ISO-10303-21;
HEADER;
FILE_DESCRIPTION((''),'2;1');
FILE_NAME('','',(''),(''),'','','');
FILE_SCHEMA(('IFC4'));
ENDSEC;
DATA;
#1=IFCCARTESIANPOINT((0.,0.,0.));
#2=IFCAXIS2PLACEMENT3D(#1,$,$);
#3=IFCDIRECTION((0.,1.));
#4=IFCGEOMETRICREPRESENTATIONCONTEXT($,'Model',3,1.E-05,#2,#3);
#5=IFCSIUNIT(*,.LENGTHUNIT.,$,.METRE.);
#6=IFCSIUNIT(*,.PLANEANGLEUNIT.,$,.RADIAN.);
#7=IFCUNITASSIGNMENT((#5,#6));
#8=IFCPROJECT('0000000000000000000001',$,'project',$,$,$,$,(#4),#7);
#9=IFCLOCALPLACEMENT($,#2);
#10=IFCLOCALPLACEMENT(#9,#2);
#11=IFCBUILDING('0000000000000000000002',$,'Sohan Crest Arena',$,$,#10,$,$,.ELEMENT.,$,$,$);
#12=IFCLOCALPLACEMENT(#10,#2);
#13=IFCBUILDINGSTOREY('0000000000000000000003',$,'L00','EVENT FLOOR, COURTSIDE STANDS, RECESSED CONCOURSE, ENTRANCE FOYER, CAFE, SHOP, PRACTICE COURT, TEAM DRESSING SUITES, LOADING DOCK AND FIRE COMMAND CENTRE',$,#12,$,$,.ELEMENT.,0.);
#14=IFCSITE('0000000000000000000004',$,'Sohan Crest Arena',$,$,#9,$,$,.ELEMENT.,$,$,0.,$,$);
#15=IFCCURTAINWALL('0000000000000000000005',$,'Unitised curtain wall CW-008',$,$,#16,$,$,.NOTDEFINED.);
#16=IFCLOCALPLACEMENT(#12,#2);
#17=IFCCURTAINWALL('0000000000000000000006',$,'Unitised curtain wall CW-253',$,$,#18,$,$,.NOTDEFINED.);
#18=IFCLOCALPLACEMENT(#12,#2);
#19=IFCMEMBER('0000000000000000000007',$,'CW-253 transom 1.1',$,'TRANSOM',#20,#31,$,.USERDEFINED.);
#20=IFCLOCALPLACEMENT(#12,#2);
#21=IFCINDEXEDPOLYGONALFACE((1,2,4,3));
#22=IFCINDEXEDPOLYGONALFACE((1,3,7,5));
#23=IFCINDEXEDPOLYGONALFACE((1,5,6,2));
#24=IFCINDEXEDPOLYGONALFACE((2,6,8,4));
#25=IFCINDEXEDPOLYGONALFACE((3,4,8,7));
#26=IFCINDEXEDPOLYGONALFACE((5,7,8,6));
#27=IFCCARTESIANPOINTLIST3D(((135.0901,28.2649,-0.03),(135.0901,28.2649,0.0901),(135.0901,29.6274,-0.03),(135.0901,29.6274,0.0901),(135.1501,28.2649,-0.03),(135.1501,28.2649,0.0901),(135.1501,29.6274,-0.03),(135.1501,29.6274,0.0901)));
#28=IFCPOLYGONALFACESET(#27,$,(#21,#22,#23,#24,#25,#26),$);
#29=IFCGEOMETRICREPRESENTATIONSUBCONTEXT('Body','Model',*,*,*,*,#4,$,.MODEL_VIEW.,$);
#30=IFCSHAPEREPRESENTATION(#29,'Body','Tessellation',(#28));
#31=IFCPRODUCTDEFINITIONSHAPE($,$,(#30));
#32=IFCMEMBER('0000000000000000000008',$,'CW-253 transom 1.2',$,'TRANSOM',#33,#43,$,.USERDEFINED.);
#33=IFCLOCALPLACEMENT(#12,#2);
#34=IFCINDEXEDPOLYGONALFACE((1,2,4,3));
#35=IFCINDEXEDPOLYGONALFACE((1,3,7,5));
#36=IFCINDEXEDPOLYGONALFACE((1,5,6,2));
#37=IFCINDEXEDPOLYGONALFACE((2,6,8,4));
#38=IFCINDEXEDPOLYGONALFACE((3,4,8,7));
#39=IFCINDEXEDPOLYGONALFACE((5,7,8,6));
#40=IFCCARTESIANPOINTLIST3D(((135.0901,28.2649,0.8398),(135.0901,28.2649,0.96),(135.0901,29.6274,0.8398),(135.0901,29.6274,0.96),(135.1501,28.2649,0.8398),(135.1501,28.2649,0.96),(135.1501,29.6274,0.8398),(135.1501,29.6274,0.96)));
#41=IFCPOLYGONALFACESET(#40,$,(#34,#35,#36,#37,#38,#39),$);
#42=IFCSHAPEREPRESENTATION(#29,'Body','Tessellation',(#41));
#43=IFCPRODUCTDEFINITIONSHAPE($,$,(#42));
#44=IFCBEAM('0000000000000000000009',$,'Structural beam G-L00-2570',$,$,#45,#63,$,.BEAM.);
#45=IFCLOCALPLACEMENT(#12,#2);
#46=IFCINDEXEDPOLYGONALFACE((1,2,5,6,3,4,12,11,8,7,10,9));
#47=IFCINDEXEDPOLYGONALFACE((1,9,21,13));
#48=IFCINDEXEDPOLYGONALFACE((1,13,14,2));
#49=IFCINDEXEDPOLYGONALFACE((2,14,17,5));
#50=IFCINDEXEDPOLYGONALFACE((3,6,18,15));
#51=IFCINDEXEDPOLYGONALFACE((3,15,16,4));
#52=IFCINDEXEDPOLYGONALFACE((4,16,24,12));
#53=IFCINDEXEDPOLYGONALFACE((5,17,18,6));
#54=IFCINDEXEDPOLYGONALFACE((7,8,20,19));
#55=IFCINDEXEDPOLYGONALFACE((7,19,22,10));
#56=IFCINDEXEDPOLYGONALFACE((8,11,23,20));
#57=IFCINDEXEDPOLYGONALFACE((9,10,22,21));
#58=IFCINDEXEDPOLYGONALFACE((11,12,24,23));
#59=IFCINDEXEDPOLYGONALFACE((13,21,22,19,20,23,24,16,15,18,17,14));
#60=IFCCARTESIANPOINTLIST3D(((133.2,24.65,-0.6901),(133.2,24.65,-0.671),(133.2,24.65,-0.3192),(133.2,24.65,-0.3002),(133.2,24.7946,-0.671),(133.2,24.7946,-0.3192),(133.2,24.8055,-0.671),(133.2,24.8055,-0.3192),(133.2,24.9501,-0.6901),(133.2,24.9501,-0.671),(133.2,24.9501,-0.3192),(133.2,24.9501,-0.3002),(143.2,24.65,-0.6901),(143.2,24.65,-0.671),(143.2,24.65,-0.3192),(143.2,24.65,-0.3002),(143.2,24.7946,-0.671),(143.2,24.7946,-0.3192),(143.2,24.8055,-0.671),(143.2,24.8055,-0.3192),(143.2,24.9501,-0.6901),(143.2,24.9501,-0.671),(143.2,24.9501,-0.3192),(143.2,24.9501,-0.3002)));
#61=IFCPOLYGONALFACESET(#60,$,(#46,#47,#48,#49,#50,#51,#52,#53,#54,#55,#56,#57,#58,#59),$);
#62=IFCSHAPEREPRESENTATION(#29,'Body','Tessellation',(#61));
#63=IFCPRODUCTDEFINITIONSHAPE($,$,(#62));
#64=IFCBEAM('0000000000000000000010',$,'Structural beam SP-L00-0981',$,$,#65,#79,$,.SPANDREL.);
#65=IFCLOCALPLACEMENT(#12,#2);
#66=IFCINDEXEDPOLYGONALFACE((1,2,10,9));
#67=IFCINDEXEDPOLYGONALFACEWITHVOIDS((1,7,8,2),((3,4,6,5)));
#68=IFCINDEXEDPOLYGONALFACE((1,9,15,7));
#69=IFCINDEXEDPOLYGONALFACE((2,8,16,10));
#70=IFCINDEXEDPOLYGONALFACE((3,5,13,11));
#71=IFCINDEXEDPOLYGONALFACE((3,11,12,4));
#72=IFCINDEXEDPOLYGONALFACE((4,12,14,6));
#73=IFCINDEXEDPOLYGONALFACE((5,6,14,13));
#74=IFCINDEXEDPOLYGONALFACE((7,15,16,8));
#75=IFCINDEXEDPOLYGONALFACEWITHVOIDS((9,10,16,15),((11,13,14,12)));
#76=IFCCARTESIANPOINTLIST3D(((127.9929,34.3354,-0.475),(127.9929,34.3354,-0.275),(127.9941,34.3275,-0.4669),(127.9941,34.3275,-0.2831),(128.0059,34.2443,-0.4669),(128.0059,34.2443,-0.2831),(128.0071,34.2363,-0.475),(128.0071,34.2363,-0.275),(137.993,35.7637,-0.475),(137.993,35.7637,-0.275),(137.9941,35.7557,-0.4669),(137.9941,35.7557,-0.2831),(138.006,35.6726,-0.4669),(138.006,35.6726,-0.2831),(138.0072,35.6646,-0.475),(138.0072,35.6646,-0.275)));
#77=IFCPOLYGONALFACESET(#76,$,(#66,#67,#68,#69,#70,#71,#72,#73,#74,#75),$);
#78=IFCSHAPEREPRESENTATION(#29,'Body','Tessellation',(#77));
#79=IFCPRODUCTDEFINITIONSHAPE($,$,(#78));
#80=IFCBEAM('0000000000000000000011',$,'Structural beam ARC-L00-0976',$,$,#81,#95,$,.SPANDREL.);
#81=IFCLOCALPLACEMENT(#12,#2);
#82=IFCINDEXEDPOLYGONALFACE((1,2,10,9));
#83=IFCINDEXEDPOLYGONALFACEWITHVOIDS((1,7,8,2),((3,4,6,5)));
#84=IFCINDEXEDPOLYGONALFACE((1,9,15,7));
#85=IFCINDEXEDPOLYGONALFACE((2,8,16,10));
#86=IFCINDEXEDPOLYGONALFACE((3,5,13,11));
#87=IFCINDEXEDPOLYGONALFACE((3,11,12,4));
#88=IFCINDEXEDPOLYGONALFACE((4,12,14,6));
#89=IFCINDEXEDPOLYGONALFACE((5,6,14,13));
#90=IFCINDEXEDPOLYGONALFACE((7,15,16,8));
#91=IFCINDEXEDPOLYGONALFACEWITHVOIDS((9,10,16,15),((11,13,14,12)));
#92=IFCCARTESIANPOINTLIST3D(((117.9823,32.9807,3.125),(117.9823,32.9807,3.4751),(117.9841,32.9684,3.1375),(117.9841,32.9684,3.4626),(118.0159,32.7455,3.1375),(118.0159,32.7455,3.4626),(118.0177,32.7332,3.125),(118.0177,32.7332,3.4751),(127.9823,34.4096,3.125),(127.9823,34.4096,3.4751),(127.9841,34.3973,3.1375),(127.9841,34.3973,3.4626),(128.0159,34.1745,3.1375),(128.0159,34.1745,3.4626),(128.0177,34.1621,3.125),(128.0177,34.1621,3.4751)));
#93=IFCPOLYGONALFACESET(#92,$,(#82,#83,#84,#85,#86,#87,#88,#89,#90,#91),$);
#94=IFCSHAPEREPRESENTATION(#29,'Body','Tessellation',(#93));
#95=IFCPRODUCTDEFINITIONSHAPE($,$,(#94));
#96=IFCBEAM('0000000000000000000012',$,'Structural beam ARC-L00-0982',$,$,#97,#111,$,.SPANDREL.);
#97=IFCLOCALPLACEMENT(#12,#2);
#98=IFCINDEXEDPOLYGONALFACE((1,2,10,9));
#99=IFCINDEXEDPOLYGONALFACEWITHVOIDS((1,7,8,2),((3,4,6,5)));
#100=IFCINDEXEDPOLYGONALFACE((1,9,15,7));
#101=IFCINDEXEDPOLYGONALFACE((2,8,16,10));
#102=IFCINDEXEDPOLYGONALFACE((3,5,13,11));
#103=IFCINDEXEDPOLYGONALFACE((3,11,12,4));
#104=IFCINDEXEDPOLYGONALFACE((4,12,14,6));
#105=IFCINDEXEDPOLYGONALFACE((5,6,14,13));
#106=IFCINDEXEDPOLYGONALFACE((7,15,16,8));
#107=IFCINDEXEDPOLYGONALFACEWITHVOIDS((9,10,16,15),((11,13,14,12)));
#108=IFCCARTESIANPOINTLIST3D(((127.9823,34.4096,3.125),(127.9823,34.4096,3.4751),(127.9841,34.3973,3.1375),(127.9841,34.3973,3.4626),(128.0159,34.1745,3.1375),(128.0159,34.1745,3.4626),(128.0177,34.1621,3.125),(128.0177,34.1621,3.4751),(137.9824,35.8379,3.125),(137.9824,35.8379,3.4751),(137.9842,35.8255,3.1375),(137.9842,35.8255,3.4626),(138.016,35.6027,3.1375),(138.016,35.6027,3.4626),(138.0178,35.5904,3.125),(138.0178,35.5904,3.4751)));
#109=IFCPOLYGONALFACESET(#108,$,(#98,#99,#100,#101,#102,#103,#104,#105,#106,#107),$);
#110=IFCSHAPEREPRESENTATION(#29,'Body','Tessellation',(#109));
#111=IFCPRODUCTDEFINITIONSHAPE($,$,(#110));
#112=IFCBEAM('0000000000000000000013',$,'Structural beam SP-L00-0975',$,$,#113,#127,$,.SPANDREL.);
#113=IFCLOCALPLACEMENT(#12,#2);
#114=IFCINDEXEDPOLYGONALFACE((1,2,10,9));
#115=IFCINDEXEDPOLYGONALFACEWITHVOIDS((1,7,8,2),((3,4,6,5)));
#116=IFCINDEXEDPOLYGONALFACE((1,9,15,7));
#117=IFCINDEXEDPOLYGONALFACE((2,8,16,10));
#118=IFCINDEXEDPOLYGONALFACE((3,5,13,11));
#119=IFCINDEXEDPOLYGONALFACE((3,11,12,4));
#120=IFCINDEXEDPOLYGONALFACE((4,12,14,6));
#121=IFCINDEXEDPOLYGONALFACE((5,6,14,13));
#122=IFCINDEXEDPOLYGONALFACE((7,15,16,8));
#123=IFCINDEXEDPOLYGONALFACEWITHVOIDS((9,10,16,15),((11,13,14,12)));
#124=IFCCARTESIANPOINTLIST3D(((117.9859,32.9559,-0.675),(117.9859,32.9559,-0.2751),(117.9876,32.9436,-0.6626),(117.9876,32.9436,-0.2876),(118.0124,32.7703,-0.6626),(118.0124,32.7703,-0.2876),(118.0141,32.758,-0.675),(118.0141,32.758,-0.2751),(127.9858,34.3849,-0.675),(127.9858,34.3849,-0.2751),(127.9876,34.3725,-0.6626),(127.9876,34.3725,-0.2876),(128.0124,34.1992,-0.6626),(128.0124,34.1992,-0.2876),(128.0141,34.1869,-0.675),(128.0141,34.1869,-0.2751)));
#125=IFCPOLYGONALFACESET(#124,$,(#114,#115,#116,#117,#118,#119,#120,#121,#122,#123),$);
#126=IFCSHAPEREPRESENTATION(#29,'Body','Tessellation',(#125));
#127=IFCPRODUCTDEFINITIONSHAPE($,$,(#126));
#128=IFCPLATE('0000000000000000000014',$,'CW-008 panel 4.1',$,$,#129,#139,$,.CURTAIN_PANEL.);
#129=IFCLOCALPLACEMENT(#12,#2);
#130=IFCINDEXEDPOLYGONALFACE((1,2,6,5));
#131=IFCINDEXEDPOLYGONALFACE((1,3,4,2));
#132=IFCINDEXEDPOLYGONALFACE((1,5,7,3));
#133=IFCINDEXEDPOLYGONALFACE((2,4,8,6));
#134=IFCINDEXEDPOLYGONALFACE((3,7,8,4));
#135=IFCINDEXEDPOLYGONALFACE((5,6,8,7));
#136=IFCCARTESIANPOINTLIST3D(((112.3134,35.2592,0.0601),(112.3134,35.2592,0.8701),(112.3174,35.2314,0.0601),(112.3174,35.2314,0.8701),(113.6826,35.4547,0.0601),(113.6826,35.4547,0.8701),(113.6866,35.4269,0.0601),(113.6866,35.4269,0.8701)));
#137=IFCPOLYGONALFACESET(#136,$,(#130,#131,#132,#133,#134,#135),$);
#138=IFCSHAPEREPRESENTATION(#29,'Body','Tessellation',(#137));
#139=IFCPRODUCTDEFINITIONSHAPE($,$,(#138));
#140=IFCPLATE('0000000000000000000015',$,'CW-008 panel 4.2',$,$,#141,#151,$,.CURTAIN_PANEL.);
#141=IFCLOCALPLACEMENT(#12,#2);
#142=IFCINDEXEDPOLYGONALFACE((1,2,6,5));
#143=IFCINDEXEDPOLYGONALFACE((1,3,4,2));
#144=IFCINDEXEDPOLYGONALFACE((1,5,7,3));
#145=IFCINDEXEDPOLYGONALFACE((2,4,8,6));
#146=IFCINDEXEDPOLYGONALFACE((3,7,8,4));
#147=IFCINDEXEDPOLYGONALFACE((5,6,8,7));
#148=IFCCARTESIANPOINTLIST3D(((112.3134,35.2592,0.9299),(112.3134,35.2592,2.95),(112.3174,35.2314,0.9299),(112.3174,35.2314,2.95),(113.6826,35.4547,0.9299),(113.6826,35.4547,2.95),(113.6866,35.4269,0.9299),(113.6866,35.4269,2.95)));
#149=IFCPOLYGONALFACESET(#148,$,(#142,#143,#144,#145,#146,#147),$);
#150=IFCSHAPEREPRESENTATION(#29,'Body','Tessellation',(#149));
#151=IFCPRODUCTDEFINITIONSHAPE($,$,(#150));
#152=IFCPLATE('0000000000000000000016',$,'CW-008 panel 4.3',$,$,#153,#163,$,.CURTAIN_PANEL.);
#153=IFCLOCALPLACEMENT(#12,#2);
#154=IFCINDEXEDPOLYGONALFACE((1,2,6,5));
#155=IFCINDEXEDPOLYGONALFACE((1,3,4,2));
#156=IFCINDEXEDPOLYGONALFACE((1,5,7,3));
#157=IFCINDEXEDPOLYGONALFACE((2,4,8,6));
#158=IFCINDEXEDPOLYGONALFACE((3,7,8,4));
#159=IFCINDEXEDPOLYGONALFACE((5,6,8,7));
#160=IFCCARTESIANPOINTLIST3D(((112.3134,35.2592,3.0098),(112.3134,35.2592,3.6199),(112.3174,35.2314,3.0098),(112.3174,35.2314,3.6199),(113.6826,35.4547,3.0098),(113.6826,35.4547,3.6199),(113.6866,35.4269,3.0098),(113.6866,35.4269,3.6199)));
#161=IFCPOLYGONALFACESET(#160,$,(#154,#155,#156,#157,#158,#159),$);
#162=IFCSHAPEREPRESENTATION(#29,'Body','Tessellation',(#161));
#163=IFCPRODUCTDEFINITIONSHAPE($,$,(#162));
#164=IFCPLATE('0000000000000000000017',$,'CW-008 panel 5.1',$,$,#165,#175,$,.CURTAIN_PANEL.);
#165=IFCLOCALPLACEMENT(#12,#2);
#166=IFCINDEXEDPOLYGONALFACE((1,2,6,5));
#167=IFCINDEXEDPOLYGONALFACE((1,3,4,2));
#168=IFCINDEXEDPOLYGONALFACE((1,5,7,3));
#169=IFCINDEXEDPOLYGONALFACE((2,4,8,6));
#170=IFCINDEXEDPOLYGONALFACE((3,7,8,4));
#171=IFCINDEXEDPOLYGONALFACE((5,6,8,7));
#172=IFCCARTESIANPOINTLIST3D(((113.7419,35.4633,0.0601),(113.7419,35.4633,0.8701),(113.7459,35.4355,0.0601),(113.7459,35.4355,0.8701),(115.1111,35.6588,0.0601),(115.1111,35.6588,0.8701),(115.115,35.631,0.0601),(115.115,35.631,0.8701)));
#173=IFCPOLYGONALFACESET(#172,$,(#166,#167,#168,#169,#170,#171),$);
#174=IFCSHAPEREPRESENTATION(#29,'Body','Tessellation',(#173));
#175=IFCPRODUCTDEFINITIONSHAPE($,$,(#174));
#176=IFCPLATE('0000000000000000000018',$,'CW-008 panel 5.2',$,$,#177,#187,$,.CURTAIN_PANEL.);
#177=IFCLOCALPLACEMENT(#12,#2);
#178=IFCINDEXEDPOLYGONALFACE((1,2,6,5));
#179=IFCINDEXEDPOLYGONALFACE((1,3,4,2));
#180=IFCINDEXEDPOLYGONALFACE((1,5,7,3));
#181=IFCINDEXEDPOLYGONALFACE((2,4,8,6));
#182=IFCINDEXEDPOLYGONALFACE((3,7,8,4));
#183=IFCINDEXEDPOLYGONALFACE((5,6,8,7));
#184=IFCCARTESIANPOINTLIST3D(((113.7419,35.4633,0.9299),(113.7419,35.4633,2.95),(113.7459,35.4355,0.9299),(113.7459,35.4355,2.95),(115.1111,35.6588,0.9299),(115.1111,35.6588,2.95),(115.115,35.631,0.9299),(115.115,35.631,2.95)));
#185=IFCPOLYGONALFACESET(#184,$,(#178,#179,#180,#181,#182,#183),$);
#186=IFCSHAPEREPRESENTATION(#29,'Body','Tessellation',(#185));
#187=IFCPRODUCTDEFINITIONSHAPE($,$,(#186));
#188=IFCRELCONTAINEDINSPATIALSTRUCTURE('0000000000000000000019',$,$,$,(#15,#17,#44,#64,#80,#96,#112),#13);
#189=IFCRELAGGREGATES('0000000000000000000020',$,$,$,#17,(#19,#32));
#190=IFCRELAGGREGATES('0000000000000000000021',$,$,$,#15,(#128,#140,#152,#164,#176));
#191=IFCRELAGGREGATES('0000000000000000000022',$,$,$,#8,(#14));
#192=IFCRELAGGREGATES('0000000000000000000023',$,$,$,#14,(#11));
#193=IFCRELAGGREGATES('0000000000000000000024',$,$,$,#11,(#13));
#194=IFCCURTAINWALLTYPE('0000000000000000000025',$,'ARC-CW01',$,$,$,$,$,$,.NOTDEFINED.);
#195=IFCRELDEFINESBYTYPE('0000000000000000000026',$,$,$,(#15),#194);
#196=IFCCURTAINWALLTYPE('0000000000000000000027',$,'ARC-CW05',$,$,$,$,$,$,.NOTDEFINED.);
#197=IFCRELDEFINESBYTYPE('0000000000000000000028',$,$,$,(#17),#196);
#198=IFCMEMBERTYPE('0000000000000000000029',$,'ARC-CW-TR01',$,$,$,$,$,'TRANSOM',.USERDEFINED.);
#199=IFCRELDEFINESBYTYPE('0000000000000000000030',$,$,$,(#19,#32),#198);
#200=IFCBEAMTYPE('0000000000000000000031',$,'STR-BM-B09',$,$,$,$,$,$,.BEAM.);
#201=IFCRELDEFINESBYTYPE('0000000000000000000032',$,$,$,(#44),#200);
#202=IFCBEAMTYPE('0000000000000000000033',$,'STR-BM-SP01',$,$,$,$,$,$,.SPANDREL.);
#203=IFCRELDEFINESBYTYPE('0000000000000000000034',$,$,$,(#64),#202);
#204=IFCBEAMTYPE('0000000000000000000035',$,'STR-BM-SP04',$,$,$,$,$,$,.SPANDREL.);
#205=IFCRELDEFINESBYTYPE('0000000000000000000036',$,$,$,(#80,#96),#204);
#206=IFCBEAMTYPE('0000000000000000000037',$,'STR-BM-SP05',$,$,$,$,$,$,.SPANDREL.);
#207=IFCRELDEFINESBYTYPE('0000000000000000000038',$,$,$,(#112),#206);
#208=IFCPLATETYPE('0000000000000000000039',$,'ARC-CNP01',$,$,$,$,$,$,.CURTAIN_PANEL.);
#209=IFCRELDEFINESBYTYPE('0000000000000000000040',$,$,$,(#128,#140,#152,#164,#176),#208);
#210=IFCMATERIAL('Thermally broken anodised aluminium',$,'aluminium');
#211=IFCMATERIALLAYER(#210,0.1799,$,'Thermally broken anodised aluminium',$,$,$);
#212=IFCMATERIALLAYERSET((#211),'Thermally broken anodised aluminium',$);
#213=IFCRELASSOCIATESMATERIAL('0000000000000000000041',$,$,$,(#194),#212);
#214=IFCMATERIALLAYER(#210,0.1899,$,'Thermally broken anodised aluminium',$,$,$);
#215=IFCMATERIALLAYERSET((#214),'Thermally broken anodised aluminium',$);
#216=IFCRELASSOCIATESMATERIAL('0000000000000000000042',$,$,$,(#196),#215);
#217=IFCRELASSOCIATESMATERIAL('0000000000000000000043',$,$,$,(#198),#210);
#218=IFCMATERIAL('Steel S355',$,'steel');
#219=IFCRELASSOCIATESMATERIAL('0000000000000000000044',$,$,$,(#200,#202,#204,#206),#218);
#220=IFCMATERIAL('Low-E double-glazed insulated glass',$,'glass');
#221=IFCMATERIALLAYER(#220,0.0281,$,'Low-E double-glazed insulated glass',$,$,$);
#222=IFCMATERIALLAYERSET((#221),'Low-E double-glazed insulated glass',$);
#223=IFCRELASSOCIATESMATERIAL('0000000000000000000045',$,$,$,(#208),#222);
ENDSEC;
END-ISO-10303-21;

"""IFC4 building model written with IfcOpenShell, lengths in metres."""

from ifc_helpers import new_model, si_unit, direction, frame, origin, origin_2d, place, context, subcontext, project, spatial, rectangle, hollow_rectangle, i_section, extrude, material, layer, layer_set, material_profile, profile_set, type_object, element, aggregate, save


model = new_model("IFC4")

# Units and contexts
model_context = context("Model", 3, precision=1e-05, world=origin(), true_north=direction((0.0, 1.0)))
body_context = subcontext(model_context, "Body", "Model", "MODEL_VIEW")
ifc_project = project(units=[si_unit("LENGTHUNIT", "METRE"), si_unit("PLANEANGLEUNIT", "RADIAN")], contexts=[model_context])

# Site, building, storey
site_placement = place(None, origin())
site = spatial("IfcSite", under=ifc_project, at=site_placement, Name="Sohan Crest Arena", CompositionType="ELEMENT", RefElevation=0.0)
building_placement = place(site_placement, origin())
building = spatial("IfcBuilding", under=site, at=building_placement, Name="Sohan Crest Arena", CompositionType="ELEMENT")
storey_placement = place(building_placement, origin())
storey = spatial("IfcBuildingStorey", under=building, at=storey_placement, Name="L00", Description="EVENT FLOOR, COURTSIDE STANDS, RECESSED CONCOURSE, ENTRANCE FOYER, CAFE, SHOP, PRACTICE COURT, TEAM DRESSING SUITES, LOADING DOCK AND FIRE COMMAND CENTRE", CompositionType="ELEMENT", Elevation=0.0)

# Curtain wall
ifc_material_1 = material(Name="Thermally broken anodised aluminium", Category="aluminium")
ifc_layer_1 = layer(ifc_material_1, 0.1799, Name="Thermally broken anodised aluminium")
ifc_layer_set_1 = layer_set([ifc_layer_1], Name="Thermally broken anodised aluminium")
curtain_wall_type_1 = type_object("IfcCurtainWallType", Name="ARC-CW01", PredefinedType="NOTDEFINED", material=ifc_layer_set_1)
curtain_wall_1_placement = place(storey_placement, origin())
curtain_wall_1 = element("IfcCurtainWall", 1, at=curtain_wall_1_placement, inside=storey, type_object=curtain_wall_type_1, Name="Unitised curtain wall CW-008", PredefinedType="NOTDEFINED")

# Curtain wall
ifc_layer_2 = layer(ifc_material_1, 0.1899, Name="Thermally broken anodised aluminium")
ifc_layer_set_2 = layer_set([ifc_layer_2], Name="Thermally broken anodised aluminium")
curtain_wall_type_2 = type_object("IfcCurtainWallType", Name="ARC-CW05", PredefinedType="NOTDEFINED", material=ifc_layer_set_2)
curtain_wall_2_placement = place(storey_placement, origin())
curtain_wall_2 = element("IfcCurtainWall", 2, at=curtain_wall_2_placement, inside=storey, type_object=curtain_wall_type_2, Name="Unitised curtain wall CW-253", PredefinedType="NOTDEFINED")

# Members
ifc_material_profile_1 = material_profile(ifc_material_1, rectangle(XDim=0.0601, YDim=0.1201, at=origin_2d()), Name="ALU-TRAN 60x120")
ifc_profile_set_1 = profile_set([ifc_material_profile_1], Name="Thermally broken anodised aluminium")
member_type_1 = type_object("IfcMemberType", Name="ARC-CW-TR01", ElementType="TRANSOM", PredefinedType="USERDEFINED", material=ifc_profile_set_1)
member_1_placement = place(storey_placement, frame((135.1201, 28.2649, 0.03), z_axis=(0.0, 1.0, 0.0), x_axis=(-1.0, 0.0, 0.0)))
member_1 = element("IfcMember", 3, at=member_1_placement, type_object=member_type_1, Name="CW-253 transom 1.1", ObjectType="TRANSOM", PredefinedType="USERDEFINED", context=body_context, shape_type="SweptSolid", body=[
    extrude(rectangle(XDim=0.0601, YDim=0.1201, at=origin_2d()), origin(), (0.0, 0.0, 1.0), 1.3625),
])
member_2_placement = place(storey_placement, frame((135.1201, 28.2649, 0.8999), z_axis=(0.0, 1.0, 0.0), x_axis=(-1.0, 0.0, 0.0)))
member_2 = element("IfcMember", 4, at=member_2_placement, type_object=member_type_1, Name="CW-253 transom 1.2", ObjectType="TRANSOM", PredefinedType="USERDEFINED", context=body_context, shape_type="SweptSolid", body=[
    extrude(rectangle(XDim=0.0601, YDim=0.1201, at=origin_2d()), origin(), (0.0, 0.0, 1.0), 1.3625),
])
aggregate(curtain_wall_2, [member_1, member_2])

# Beams
ifc_material_2 = material(Name="Steel S355", Category="steel")
ifc_material_profile_2 = material_profile(ifc_material_2, i_section(OverallWidth=0.3, OverallDepth=0.3899, WebThickness=0.011, FlangeThickness=0.019, at=origin_2d()), Name="HEA 400")
ifc_profile_set_2 = profile_set([ifc_material_profile_2], Name="Steel S355")
beam_type_1 = type_object("IfcBeamType", Name="STR-BM-B09", PredefinedType="BEAM", material=ifc_profile_set_2)
beam_1_placement = place(storey_placement, frame((133.2, 24.8, -0.4951), z_axis=(1.0, 0.0, 0.0), x_axis=(0.0, 1.0, 0.0)))
element("IfcBeam", 5, at=beam_1_placement, inside=storey, type_object=beam_type_1, Name="Structural beam G-L00-2570", PredefinedType="BEAM", context=body_context, shape_type="SweptSolid", body=[
    extrude(i_section(OverallWidth=0.3, OverallDepth=0.3899, WebThickness=0.011, FlangeThickness=0.019, at=origin_2d()), origin(), (0.0, 0.0, 1.0), 10.0),
])
ifc_material_profile_3 = material_profile(ifc_material_2, hollow_rectangle(XDim=0.1001, YDim=0.2, WallThickness=0.0081, at=origin_2d()), Name="RHS 200x100x8")
ifc_profile_set_3 = profile_set([ifc_material_profile_3], Name="Steel S355")
beam_type_2 = type_object("IfcBeamType", Name="STR-BM-SP01", PredefinedType="SPANDREL", material=ifc_profile_set_3)
beam_2_placement = place(storey_placement, frame((128.0, 34.2859, -0.375), z_axis=(0.989954, 0.141388, 0.0), x_axis=(-0.141388, 0.989954, 0.0)))
element("IfcBeam", 6, at=beam_2_placement, inside=storey, type_object=beam_type_2, Name="Structural beam SP-L00-0981", PredefinedType="SPANDREL", context=body_context, shape_type="SweptSolid", body=[
    extrude(hollow_rectangle(XDim=0.1001, YDim=0.2, WallThickness=0.0081, at=origin_2d()), origin(), (0.0, 0.0, 1.0), 10.1016),
])
ifc_material_profile_4 = material_profile(ifc_material_2, hollow_rectangle(XDim=0.25, YDim=0.3501, WallThickness=0.0125, at=origin_2d()), Name="RHS 350x250x12.5")
ifc_profile_set_4 = profile_set([ifc_material_profile_4], Name="Steel S355")
beam_type_3 = type_object("IfcBeamType", Name="STR-BM-SP04", PredefinedType="SPANDREL", material=ifc_profile_set_4)
for number, where, z_axis, x_axis, name in (
    (7, (118.0, 32.8569, 3.3), (0.989944, 0.141459, 0.0), (-0.141459, 0.989944, 0.0), "Structural beam ARC-L00-0976"),
    (8, (128.0, 34.2859, 3.3), (0.989954, 0.141388, 0.0), (-0.141388, 0.989954, 0.0), "Structural beam ARC-L00-0982"),
):
    element("IfcBeam", number, at=place(storey_placement, frame(where, z_axis=z_axis, x_axis=x_axis)), inside=storey, type_object=beam_type_3, Name=name, PredefinedType="SPANDREL", context=body_context, shape_type="SweptSolid", body=[
        extrude(hollow_rectangle(XDim=0.25, YDim=0.3501, WallThickness=0.0125, at=origin_2d()), origin(), (0.0, 0.0, 1.0), 10.1016),
    ])
ifc_material_profile_5 = material_profile(ifc_material_2, hollow_rectangle(XDim=0.2, YDim=0.3999, WallThickness=0.0125, at=origin_2d()), Name="RHS 400x200x12.5")
ifc_profile_set_5 = profile_set([ifc_material_profile_5], Name="Steel S355")
beam_type_4 = type_object("IfcBeamType", Name="STR-BM-SP05", PredefinedType="SPANDREL", material=ifc_profile_set_5)
beam_3_placement = place(storey_placement, frame((118.0, 32.8569, -0.4751), z_axis=(0.989944, 0.141459, 0.0), x_axis=(-0.141459, 0.989944, 0.0)))
element("IfcBeam", 9, at=beam_3_placement, inside=storey, type_object=beam_type_4, Name="Structural beam SP-L00-0975", PredefinedType="SPANDREL", context=body_context, shape_type="SweptSolid", body=[
    extrude(hollow_rectangle(XDim=0.2, YDim=0.3999, WallThickness=0.0125, at=origin_2d()), origin(), (0.0, 0.0, 1.0), 10.1016),
])

# Plates
ifc_material_3 = material(Name="Low-E double-glazed insulated glass", Category="glass")
ifc_layer_3 = layer(ifc_material_3, 0.0281, Name="Low-E double-glazed insulated glass")
ifc_layer_set_3 = layer_set([ifc_layer_3], Name="Low-E double-glazed insulated glass")
plate_type = type_object("IfcPlateType", Name="ARC-CNP01", PredefinedType="CURTAIN_PANEL", material=ifc_layer_set_3)
plate_1_placement = place(storey_placement, frame((113.0, 35.343, 0.0601), z_axis=(0.0, 0.0, 1.0), x_axis=(0.989957, 0.141366, 0.0)))
plate_1 = element("IfcPlate", 10, at=plate_1_placement, type_object=plate_type, Name="CW-008 panel 4.1", PredefinedType="CURTAIN_PANEL", context=body_context, shape_type="SweptSolid", body=[
    extrude(rectangle(XDim=1.3831, YDim=0.0281, at=origin_2d()), origin(), (0.0, 0.0, 1.0), 0.8101),
])
plate_2_placement = place(storey_placement, frame((113.0, 35.343, 0.9299), z_axis=(0.0, 0.0, 1.0), x_axis=(0.989957, 0.141366, 0.0)))
plate_2 = element("IfcPlate", 11, at=plate_2_placement, type_object=plate_type, Name="CW-008 panel 4.2", PredefinedType="CURTAIN_PANEL", context=body_context, shape_type="SweptSolid", body=[
    extrude(rectangle(XDim=1.3831, YDim=0.0281, at=origin_2d()), origin(), (0.0, 0.0, 1.0), 2.02),
])
plate_3_placement = place(storey_placement, frame((113.0, 35.343, 3.0098), z_axis=(0.0, 0.0, 1.0), x_axis=(0.989957, 0.141366, 0.0)))
plate_3 = element("IfcPlate", 12, at=plate_3_placement, type_object=plate_type, Name="CW-008 panel 4.3", PredefinedType="CURTAIN_PANEL", context=body_context, shape_type="SweptSolid", body=[
    extrude(rectangle(XDim=1.3831, YDim=0.0281, at=origin_2d()), origin(), (0.0, 0.0, 1.0), 0.6101),
])
plate_4_placement = place(storey_placement, frame((114.4285, 35.5471, 0.0601), z_axis=(0.0, 0.0, 1.0), x_axis=(0.989957, 0.141366, 0.0)))
plate_4 = element("IfcPlate", 13, at=plate_4_placement, type_object=plate_type, Name="CW-008 panel 5.1", PredefinedType="CURTAIN_PANEL", context=body_context, shape_type="SweptSolid", body=[
    extrude(rectangle(XDim=1.3831, YDim=0.0281, at=origin_2d()), origin(), (0.0, 0.0, 1.0), 0.8101),
])
plate_5_placement = place(storey_placement, frame((114.4285, 35.5471, 0.9299), z_axis=(0.0, 0.0, 1.0), x_axis=(0.989957, 0.141366, 0.0)))
plate_5 = element("IfcPlate", 14, at=plate_5_placement, type_object=plate_type, Name="CW-008 panel 5.2", PredefinedType="CURTAIN_PANEL", context=body_context, shape_type="SweptSolid", body=[
    extrude(rectangle(XDim=1.3831, YDim=0.0281, at=origin_2d()), origin(), (0.0, 0.0, 1.0), 2.02),
])
aggregate(curtain_wall_1, [plate_1, plate_2, plate_3, plate_4, plate_5])

save(model, "model.ifc")
